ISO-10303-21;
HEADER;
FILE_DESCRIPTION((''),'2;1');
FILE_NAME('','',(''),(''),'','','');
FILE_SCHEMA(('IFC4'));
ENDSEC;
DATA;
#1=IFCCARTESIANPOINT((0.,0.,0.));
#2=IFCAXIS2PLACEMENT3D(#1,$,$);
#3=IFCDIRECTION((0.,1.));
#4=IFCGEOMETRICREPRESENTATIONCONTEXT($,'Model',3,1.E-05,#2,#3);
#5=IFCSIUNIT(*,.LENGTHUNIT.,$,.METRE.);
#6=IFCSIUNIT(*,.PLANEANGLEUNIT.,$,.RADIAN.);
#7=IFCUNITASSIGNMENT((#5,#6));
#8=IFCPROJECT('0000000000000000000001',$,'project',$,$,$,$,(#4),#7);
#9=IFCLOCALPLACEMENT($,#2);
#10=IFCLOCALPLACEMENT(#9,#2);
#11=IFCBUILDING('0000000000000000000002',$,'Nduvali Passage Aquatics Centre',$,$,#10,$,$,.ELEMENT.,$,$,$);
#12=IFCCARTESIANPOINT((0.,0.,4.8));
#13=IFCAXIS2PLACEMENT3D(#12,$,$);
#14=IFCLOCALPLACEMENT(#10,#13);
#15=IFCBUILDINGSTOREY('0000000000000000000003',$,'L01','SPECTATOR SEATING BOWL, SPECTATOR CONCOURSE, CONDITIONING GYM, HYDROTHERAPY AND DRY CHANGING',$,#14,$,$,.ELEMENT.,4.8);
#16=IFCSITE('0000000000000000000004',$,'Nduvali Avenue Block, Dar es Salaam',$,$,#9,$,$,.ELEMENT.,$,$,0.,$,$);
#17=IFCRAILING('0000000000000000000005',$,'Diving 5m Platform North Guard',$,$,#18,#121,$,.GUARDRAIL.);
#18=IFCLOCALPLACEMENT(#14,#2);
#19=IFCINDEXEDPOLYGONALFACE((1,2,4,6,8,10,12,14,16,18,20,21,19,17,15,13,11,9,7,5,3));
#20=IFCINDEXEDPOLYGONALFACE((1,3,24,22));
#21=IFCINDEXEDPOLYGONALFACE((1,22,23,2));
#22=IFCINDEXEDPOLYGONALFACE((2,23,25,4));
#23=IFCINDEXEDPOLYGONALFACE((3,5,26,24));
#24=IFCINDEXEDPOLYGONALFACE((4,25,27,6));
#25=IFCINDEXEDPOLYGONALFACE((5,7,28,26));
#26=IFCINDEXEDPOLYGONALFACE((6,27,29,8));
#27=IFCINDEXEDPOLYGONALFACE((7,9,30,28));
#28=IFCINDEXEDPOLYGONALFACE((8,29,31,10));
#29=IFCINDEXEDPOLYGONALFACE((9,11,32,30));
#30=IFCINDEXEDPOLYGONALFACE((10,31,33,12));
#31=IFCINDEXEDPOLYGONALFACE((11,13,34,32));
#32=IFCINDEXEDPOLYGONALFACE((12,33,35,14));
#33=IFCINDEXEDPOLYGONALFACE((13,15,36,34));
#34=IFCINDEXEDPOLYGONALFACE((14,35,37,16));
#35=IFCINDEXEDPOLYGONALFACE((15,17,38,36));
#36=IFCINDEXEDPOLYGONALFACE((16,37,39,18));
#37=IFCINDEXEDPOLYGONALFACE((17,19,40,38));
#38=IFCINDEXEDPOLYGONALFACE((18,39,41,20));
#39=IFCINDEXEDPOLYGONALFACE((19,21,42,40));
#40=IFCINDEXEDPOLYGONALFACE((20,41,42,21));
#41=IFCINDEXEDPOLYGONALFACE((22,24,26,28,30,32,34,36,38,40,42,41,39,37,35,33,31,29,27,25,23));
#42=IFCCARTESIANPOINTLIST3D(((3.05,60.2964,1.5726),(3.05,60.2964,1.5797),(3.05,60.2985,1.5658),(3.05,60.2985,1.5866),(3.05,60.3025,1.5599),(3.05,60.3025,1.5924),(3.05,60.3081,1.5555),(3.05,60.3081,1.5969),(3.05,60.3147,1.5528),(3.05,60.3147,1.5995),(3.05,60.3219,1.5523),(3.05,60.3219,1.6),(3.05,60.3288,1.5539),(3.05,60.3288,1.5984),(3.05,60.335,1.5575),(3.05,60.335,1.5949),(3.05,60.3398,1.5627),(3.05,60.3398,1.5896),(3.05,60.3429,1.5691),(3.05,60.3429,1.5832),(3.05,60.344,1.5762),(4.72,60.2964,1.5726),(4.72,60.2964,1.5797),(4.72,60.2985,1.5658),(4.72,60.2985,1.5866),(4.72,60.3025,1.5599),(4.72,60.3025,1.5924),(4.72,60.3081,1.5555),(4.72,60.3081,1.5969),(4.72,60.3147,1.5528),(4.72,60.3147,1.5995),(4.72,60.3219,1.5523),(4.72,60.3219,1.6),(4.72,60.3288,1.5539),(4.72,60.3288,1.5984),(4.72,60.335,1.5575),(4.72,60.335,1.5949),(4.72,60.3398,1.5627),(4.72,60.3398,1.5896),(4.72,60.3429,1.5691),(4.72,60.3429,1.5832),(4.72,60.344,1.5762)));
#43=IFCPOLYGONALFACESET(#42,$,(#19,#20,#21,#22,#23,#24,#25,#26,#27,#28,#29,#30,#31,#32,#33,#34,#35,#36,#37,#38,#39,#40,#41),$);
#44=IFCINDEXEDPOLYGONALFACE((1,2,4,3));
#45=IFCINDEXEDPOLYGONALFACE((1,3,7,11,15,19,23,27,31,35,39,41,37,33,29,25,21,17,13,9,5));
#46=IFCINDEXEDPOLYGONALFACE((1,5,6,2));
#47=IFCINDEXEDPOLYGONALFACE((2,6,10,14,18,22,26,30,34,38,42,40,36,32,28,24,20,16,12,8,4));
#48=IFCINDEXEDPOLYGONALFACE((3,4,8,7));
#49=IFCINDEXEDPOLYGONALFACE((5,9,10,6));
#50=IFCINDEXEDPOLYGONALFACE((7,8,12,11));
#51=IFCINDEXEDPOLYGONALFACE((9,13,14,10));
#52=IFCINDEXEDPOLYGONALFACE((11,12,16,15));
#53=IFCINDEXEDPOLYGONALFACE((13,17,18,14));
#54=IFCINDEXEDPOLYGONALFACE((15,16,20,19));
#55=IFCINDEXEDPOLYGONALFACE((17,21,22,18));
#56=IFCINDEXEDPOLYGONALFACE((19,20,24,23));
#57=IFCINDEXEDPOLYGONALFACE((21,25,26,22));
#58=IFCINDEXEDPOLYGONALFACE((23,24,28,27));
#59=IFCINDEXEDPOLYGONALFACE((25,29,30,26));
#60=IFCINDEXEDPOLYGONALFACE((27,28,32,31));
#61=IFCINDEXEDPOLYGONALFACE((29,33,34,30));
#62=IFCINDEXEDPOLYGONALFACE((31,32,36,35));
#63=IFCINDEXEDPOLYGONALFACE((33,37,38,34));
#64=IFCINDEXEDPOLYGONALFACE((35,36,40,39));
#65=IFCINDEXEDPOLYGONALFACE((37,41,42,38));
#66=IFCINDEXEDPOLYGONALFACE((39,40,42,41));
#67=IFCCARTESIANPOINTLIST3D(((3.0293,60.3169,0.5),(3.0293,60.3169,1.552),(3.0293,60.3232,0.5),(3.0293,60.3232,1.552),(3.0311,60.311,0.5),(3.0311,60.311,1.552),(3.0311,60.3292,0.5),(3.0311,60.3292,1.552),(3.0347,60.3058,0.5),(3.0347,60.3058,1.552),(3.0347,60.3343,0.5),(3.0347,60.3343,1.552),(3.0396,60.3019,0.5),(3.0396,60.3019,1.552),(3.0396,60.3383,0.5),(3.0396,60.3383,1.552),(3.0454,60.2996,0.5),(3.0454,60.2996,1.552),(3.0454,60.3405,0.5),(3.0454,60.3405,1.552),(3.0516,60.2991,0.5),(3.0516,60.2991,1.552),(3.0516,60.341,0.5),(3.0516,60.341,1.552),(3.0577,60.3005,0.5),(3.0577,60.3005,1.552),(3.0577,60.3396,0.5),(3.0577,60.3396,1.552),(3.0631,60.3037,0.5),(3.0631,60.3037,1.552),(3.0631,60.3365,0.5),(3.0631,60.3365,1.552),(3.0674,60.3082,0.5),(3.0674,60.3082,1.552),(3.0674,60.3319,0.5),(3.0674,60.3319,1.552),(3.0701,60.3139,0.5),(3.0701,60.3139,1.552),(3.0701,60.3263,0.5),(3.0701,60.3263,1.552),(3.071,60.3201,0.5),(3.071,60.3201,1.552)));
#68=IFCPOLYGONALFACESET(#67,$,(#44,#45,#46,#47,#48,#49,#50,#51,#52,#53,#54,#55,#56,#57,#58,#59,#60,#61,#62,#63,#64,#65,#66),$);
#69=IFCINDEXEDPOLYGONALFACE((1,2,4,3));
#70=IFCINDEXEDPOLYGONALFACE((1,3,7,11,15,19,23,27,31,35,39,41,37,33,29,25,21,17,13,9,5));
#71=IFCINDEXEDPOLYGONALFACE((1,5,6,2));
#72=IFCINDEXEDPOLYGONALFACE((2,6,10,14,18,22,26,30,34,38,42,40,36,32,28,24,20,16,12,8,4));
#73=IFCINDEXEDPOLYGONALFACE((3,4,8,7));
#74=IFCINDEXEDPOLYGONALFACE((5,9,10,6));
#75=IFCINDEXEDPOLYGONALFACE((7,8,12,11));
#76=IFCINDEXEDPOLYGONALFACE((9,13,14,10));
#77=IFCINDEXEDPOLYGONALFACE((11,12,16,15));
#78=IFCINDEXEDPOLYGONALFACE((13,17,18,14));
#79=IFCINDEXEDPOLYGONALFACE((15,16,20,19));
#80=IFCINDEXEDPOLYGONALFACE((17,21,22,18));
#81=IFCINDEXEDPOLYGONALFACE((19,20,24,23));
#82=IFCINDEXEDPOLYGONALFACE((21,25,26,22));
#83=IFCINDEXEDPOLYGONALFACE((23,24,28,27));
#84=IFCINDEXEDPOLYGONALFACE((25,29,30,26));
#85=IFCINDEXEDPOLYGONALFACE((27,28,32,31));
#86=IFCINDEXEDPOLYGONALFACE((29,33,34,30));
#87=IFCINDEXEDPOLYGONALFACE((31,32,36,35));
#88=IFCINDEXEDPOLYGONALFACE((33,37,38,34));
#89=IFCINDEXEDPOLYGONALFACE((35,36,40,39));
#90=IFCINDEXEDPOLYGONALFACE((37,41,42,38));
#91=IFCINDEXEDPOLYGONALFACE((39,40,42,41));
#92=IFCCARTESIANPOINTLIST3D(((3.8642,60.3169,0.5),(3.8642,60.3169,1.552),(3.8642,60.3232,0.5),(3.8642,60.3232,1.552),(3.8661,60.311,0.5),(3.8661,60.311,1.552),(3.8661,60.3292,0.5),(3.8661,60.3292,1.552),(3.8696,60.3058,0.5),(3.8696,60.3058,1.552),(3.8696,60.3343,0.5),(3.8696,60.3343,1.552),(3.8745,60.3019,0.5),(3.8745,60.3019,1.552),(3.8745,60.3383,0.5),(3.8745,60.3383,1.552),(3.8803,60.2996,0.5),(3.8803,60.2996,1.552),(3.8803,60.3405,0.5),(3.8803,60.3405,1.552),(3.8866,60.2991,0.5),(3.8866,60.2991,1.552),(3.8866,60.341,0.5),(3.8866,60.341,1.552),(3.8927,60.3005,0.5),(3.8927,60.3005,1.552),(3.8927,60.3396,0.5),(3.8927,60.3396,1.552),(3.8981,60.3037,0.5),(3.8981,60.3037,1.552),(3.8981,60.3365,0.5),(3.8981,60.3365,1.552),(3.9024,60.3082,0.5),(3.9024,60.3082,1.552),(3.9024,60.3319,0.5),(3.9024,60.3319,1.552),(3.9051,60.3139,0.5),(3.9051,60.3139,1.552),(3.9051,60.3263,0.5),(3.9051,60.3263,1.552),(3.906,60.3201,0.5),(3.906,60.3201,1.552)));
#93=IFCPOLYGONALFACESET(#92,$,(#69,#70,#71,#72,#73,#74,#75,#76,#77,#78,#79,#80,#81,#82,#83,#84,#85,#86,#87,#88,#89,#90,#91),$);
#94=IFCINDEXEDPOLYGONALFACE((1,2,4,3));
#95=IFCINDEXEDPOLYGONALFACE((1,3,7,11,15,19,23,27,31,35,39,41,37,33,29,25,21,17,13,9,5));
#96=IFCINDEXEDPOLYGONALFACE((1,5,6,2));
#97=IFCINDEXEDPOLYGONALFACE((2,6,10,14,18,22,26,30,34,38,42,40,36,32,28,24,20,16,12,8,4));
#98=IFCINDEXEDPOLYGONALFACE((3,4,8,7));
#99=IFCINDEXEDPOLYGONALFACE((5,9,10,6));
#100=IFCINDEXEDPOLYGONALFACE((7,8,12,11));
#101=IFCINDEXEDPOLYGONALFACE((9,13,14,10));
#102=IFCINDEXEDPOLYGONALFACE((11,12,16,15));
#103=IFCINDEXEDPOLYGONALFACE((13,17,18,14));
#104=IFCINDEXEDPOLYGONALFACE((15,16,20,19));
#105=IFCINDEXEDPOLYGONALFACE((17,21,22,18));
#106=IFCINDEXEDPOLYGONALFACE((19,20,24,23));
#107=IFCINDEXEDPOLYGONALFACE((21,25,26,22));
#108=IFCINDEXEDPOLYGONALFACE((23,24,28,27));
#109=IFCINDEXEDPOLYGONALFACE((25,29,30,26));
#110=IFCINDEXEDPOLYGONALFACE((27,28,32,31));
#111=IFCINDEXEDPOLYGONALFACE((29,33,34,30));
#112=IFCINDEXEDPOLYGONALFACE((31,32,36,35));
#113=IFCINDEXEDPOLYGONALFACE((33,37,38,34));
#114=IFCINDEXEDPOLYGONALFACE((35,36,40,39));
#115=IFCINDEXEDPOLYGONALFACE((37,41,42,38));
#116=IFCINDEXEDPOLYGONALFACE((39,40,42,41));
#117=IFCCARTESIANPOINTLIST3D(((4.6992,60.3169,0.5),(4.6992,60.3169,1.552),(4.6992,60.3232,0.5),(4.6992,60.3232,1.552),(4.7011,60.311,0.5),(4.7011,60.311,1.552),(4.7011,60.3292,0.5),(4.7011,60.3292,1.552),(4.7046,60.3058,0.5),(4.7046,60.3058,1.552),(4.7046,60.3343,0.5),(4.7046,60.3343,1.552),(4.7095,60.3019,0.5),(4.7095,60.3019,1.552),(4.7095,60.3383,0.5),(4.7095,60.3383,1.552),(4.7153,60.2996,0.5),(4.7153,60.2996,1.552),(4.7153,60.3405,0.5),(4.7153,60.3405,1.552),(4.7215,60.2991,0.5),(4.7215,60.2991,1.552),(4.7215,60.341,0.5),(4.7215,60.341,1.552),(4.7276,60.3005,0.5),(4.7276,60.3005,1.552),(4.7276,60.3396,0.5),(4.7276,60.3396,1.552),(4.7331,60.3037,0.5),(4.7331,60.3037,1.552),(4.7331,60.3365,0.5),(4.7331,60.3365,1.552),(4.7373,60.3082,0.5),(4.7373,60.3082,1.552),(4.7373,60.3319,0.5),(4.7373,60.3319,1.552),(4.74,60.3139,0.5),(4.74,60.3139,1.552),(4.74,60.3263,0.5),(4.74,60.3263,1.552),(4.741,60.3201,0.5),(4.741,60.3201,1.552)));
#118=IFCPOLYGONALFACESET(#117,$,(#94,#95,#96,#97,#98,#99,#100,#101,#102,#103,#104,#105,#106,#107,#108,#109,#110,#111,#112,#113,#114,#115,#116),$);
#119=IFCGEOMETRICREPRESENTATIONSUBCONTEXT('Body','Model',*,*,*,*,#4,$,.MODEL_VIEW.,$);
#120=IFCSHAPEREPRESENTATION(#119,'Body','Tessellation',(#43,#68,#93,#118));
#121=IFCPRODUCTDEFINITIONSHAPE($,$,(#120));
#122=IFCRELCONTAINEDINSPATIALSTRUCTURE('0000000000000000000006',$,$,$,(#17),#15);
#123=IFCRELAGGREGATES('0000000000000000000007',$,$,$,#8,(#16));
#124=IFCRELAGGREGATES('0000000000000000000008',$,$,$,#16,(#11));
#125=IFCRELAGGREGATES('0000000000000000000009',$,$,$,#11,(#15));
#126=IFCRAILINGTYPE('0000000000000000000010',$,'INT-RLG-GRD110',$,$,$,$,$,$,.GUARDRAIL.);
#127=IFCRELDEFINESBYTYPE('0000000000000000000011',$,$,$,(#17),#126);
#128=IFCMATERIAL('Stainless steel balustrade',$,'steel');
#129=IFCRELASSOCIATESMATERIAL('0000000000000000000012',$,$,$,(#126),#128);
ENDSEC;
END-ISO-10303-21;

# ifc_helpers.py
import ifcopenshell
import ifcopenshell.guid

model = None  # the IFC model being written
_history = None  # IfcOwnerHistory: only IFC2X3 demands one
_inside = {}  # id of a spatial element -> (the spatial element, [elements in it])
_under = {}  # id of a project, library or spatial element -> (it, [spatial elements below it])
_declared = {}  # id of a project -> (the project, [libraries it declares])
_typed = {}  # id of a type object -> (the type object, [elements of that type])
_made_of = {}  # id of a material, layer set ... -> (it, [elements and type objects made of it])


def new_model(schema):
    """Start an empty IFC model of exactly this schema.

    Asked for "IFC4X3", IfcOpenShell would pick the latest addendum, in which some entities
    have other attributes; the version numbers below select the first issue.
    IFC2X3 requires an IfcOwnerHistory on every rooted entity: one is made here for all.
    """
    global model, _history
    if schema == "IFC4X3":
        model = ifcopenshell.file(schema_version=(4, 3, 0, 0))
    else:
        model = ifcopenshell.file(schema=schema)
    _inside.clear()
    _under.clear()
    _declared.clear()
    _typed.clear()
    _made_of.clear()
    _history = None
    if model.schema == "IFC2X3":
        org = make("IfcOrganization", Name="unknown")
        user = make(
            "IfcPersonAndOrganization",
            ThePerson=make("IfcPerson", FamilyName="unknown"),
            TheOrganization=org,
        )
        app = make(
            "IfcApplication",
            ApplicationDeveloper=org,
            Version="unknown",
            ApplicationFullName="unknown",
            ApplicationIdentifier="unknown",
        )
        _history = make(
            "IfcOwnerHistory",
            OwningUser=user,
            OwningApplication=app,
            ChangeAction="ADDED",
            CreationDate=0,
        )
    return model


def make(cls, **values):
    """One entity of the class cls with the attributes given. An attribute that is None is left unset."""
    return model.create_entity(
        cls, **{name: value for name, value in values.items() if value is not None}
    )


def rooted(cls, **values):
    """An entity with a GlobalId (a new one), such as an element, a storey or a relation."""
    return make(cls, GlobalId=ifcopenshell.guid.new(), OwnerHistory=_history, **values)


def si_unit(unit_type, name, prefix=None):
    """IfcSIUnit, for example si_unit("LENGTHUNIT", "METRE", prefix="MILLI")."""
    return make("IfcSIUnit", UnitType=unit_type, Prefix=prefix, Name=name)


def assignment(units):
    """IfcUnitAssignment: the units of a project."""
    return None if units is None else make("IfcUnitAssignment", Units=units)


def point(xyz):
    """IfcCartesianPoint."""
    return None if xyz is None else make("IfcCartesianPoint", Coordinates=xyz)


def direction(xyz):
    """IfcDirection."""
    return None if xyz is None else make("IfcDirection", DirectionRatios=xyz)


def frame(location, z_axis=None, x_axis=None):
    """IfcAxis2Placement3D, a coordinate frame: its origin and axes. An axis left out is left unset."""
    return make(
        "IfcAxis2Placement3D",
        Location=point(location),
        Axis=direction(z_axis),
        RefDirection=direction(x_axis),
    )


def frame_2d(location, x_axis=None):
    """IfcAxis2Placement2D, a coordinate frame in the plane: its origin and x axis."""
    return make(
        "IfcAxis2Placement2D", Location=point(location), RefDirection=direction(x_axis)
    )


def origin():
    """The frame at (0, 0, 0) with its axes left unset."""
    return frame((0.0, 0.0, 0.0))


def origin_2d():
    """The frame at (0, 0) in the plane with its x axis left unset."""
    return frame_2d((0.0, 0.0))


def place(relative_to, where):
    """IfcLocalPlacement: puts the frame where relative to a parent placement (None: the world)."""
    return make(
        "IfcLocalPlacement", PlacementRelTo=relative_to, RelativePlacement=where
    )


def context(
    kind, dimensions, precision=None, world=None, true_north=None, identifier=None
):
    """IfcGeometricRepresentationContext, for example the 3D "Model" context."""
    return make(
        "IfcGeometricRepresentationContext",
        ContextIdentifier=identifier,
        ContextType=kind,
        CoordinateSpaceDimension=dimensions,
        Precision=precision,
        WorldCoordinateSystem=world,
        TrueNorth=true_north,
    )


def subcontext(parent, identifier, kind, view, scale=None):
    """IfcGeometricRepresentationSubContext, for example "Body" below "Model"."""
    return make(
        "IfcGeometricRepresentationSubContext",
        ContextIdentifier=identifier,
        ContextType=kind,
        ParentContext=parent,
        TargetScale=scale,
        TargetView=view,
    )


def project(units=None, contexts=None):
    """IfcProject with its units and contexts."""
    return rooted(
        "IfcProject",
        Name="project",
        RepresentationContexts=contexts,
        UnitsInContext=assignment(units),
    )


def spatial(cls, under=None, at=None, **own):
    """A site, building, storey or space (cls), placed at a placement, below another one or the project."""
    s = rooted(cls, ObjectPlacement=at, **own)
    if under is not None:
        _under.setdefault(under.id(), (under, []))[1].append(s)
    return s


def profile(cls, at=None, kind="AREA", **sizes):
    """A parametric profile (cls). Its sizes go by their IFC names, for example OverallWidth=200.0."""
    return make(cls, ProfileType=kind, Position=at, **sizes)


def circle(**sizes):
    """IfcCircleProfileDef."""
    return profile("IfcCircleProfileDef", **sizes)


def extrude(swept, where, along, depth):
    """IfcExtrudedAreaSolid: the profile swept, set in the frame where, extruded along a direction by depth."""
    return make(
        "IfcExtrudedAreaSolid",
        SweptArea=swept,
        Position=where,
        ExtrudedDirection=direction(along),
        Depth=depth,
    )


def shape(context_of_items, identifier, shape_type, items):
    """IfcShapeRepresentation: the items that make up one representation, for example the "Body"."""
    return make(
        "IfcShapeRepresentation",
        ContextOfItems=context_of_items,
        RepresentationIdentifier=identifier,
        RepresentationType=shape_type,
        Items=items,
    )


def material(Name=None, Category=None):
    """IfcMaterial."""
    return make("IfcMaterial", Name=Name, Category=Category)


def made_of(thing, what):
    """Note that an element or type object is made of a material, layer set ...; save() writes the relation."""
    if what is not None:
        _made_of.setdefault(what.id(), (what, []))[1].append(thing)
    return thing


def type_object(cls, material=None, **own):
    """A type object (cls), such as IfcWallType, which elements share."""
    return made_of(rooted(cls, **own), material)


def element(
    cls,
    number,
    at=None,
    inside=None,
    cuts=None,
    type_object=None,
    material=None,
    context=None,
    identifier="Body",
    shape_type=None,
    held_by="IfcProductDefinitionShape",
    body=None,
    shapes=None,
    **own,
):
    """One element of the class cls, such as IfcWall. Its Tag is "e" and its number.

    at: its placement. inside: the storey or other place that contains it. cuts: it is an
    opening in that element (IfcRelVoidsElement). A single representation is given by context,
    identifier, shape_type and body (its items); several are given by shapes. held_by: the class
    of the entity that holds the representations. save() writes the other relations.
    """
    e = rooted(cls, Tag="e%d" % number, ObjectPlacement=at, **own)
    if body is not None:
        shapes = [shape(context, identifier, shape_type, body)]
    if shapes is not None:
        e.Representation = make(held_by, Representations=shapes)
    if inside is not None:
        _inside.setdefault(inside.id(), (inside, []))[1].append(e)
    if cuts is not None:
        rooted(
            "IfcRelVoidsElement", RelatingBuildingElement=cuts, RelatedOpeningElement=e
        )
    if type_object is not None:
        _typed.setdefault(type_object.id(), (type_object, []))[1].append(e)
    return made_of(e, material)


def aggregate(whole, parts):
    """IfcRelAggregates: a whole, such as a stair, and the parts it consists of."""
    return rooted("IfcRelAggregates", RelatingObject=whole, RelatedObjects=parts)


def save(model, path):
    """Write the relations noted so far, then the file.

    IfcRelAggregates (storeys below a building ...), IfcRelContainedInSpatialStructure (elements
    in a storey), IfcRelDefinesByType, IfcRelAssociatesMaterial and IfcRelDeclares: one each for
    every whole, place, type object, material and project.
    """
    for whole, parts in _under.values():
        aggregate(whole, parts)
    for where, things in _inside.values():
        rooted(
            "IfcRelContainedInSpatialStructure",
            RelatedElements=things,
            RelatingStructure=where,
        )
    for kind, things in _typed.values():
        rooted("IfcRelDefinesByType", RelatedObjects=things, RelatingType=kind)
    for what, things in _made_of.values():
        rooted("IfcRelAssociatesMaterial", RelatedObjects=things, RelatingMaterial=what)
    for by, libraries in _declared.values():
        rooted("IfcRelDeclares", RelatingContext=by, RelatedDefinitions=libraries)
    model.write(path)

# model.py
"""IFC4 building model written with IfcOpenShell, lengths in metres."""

from ifc_helpers import new_model, si_unit, direction, frame, origin, origin_2d, place, context, subcontext, project, spatial, circle, extrude, material, type_object, element, save


model = new_model("IFC4")

# Units and contexts
model_context = context("Model", 3, precision=1e-05, world=origin(), true_north=direction((0.0, 1.0)))
body_context = subcontext(model_context, "Body", "Model", "MODEL_VIEW")
ifc_project = project(units=[si_unit("LENGTHUNIT", "METRE"), si_unit("PLANEANGLEUNIT", "RADIAN")], contexts=[model_context])

# Site, building, storey
site_placement = place(None, origin())
site = spatial("IfcSite", under=ifc_project, at=site_placement, Name="Nduvali Avenue Block, Dar es Salaam", CompositionType="ELEMENT", RefElevation=0.0)
building_placement = place(site_placement, origin())
building = spatial("IfcBuilding", under=site, at=building_placement, Name="Nduvali Passage Aquatics Centre", CompositionType="ELEMENT")
storey_placement = place(building_placement, frame((0.0, 0.0, 4.8)))
storey = spatial("IfcBuildingStorey", under=building, at=storey_placement, Name="L01", Description="SPECTATOR SEATING BOWL, SPECTATOR CONCOURSE, CONDITIONING GYM, HYDROTHERAPY AND DRY CHANGING", CompositionType="ELEMENT", Elevation=4.8)

# Railing
ifc_material_1 = material(Name="Stainless steel balustrade", Category="steel")
railing_type_1 = type_object("IfcRailingType", Name="INT-RLG-GRD110", PredefinedType="GUARDRAIL", material=ifc_material_1)
railing_1_placement = place(storey_placement, frame((3.05, 60.3201, 0.5)))
element("IfcRailing", 1, at=railing_1_placement, inside=storey, type_object=railing_type_1, Name="Diving 5m Platform North Guard", PredefinedType="GUARDRAIL", context=body_context, shape_type="SweptSolid", body=[
    extrude(circle(Radius=0.0239, at=origin_2d()), frame((0.0, 0.0, 1.0762), z_axis=(1.0, 0.0, 0.0), x_axis=(0.0, 1.0, 0.0)), (0.0, 0.0, 1.0), 1.6699),
    extrude(circle(Radius=0.021, at=origin_2d()), origin(), (0.0, 0.0, 1.0), 1.052),
    extrude(circle(Radius=0.021, at=origin_2d()), frame((0.835, 0.0, 0.0)), (0.0, 0.0, 1.0), 1.052),
    extrude(circle(Radius=0.021, at=origin_2d()), frame((1.6699, 0.0, 0.0)), (0.0, 0.0, 1.0), 1.052),
])

save(model, "model.ifc")
